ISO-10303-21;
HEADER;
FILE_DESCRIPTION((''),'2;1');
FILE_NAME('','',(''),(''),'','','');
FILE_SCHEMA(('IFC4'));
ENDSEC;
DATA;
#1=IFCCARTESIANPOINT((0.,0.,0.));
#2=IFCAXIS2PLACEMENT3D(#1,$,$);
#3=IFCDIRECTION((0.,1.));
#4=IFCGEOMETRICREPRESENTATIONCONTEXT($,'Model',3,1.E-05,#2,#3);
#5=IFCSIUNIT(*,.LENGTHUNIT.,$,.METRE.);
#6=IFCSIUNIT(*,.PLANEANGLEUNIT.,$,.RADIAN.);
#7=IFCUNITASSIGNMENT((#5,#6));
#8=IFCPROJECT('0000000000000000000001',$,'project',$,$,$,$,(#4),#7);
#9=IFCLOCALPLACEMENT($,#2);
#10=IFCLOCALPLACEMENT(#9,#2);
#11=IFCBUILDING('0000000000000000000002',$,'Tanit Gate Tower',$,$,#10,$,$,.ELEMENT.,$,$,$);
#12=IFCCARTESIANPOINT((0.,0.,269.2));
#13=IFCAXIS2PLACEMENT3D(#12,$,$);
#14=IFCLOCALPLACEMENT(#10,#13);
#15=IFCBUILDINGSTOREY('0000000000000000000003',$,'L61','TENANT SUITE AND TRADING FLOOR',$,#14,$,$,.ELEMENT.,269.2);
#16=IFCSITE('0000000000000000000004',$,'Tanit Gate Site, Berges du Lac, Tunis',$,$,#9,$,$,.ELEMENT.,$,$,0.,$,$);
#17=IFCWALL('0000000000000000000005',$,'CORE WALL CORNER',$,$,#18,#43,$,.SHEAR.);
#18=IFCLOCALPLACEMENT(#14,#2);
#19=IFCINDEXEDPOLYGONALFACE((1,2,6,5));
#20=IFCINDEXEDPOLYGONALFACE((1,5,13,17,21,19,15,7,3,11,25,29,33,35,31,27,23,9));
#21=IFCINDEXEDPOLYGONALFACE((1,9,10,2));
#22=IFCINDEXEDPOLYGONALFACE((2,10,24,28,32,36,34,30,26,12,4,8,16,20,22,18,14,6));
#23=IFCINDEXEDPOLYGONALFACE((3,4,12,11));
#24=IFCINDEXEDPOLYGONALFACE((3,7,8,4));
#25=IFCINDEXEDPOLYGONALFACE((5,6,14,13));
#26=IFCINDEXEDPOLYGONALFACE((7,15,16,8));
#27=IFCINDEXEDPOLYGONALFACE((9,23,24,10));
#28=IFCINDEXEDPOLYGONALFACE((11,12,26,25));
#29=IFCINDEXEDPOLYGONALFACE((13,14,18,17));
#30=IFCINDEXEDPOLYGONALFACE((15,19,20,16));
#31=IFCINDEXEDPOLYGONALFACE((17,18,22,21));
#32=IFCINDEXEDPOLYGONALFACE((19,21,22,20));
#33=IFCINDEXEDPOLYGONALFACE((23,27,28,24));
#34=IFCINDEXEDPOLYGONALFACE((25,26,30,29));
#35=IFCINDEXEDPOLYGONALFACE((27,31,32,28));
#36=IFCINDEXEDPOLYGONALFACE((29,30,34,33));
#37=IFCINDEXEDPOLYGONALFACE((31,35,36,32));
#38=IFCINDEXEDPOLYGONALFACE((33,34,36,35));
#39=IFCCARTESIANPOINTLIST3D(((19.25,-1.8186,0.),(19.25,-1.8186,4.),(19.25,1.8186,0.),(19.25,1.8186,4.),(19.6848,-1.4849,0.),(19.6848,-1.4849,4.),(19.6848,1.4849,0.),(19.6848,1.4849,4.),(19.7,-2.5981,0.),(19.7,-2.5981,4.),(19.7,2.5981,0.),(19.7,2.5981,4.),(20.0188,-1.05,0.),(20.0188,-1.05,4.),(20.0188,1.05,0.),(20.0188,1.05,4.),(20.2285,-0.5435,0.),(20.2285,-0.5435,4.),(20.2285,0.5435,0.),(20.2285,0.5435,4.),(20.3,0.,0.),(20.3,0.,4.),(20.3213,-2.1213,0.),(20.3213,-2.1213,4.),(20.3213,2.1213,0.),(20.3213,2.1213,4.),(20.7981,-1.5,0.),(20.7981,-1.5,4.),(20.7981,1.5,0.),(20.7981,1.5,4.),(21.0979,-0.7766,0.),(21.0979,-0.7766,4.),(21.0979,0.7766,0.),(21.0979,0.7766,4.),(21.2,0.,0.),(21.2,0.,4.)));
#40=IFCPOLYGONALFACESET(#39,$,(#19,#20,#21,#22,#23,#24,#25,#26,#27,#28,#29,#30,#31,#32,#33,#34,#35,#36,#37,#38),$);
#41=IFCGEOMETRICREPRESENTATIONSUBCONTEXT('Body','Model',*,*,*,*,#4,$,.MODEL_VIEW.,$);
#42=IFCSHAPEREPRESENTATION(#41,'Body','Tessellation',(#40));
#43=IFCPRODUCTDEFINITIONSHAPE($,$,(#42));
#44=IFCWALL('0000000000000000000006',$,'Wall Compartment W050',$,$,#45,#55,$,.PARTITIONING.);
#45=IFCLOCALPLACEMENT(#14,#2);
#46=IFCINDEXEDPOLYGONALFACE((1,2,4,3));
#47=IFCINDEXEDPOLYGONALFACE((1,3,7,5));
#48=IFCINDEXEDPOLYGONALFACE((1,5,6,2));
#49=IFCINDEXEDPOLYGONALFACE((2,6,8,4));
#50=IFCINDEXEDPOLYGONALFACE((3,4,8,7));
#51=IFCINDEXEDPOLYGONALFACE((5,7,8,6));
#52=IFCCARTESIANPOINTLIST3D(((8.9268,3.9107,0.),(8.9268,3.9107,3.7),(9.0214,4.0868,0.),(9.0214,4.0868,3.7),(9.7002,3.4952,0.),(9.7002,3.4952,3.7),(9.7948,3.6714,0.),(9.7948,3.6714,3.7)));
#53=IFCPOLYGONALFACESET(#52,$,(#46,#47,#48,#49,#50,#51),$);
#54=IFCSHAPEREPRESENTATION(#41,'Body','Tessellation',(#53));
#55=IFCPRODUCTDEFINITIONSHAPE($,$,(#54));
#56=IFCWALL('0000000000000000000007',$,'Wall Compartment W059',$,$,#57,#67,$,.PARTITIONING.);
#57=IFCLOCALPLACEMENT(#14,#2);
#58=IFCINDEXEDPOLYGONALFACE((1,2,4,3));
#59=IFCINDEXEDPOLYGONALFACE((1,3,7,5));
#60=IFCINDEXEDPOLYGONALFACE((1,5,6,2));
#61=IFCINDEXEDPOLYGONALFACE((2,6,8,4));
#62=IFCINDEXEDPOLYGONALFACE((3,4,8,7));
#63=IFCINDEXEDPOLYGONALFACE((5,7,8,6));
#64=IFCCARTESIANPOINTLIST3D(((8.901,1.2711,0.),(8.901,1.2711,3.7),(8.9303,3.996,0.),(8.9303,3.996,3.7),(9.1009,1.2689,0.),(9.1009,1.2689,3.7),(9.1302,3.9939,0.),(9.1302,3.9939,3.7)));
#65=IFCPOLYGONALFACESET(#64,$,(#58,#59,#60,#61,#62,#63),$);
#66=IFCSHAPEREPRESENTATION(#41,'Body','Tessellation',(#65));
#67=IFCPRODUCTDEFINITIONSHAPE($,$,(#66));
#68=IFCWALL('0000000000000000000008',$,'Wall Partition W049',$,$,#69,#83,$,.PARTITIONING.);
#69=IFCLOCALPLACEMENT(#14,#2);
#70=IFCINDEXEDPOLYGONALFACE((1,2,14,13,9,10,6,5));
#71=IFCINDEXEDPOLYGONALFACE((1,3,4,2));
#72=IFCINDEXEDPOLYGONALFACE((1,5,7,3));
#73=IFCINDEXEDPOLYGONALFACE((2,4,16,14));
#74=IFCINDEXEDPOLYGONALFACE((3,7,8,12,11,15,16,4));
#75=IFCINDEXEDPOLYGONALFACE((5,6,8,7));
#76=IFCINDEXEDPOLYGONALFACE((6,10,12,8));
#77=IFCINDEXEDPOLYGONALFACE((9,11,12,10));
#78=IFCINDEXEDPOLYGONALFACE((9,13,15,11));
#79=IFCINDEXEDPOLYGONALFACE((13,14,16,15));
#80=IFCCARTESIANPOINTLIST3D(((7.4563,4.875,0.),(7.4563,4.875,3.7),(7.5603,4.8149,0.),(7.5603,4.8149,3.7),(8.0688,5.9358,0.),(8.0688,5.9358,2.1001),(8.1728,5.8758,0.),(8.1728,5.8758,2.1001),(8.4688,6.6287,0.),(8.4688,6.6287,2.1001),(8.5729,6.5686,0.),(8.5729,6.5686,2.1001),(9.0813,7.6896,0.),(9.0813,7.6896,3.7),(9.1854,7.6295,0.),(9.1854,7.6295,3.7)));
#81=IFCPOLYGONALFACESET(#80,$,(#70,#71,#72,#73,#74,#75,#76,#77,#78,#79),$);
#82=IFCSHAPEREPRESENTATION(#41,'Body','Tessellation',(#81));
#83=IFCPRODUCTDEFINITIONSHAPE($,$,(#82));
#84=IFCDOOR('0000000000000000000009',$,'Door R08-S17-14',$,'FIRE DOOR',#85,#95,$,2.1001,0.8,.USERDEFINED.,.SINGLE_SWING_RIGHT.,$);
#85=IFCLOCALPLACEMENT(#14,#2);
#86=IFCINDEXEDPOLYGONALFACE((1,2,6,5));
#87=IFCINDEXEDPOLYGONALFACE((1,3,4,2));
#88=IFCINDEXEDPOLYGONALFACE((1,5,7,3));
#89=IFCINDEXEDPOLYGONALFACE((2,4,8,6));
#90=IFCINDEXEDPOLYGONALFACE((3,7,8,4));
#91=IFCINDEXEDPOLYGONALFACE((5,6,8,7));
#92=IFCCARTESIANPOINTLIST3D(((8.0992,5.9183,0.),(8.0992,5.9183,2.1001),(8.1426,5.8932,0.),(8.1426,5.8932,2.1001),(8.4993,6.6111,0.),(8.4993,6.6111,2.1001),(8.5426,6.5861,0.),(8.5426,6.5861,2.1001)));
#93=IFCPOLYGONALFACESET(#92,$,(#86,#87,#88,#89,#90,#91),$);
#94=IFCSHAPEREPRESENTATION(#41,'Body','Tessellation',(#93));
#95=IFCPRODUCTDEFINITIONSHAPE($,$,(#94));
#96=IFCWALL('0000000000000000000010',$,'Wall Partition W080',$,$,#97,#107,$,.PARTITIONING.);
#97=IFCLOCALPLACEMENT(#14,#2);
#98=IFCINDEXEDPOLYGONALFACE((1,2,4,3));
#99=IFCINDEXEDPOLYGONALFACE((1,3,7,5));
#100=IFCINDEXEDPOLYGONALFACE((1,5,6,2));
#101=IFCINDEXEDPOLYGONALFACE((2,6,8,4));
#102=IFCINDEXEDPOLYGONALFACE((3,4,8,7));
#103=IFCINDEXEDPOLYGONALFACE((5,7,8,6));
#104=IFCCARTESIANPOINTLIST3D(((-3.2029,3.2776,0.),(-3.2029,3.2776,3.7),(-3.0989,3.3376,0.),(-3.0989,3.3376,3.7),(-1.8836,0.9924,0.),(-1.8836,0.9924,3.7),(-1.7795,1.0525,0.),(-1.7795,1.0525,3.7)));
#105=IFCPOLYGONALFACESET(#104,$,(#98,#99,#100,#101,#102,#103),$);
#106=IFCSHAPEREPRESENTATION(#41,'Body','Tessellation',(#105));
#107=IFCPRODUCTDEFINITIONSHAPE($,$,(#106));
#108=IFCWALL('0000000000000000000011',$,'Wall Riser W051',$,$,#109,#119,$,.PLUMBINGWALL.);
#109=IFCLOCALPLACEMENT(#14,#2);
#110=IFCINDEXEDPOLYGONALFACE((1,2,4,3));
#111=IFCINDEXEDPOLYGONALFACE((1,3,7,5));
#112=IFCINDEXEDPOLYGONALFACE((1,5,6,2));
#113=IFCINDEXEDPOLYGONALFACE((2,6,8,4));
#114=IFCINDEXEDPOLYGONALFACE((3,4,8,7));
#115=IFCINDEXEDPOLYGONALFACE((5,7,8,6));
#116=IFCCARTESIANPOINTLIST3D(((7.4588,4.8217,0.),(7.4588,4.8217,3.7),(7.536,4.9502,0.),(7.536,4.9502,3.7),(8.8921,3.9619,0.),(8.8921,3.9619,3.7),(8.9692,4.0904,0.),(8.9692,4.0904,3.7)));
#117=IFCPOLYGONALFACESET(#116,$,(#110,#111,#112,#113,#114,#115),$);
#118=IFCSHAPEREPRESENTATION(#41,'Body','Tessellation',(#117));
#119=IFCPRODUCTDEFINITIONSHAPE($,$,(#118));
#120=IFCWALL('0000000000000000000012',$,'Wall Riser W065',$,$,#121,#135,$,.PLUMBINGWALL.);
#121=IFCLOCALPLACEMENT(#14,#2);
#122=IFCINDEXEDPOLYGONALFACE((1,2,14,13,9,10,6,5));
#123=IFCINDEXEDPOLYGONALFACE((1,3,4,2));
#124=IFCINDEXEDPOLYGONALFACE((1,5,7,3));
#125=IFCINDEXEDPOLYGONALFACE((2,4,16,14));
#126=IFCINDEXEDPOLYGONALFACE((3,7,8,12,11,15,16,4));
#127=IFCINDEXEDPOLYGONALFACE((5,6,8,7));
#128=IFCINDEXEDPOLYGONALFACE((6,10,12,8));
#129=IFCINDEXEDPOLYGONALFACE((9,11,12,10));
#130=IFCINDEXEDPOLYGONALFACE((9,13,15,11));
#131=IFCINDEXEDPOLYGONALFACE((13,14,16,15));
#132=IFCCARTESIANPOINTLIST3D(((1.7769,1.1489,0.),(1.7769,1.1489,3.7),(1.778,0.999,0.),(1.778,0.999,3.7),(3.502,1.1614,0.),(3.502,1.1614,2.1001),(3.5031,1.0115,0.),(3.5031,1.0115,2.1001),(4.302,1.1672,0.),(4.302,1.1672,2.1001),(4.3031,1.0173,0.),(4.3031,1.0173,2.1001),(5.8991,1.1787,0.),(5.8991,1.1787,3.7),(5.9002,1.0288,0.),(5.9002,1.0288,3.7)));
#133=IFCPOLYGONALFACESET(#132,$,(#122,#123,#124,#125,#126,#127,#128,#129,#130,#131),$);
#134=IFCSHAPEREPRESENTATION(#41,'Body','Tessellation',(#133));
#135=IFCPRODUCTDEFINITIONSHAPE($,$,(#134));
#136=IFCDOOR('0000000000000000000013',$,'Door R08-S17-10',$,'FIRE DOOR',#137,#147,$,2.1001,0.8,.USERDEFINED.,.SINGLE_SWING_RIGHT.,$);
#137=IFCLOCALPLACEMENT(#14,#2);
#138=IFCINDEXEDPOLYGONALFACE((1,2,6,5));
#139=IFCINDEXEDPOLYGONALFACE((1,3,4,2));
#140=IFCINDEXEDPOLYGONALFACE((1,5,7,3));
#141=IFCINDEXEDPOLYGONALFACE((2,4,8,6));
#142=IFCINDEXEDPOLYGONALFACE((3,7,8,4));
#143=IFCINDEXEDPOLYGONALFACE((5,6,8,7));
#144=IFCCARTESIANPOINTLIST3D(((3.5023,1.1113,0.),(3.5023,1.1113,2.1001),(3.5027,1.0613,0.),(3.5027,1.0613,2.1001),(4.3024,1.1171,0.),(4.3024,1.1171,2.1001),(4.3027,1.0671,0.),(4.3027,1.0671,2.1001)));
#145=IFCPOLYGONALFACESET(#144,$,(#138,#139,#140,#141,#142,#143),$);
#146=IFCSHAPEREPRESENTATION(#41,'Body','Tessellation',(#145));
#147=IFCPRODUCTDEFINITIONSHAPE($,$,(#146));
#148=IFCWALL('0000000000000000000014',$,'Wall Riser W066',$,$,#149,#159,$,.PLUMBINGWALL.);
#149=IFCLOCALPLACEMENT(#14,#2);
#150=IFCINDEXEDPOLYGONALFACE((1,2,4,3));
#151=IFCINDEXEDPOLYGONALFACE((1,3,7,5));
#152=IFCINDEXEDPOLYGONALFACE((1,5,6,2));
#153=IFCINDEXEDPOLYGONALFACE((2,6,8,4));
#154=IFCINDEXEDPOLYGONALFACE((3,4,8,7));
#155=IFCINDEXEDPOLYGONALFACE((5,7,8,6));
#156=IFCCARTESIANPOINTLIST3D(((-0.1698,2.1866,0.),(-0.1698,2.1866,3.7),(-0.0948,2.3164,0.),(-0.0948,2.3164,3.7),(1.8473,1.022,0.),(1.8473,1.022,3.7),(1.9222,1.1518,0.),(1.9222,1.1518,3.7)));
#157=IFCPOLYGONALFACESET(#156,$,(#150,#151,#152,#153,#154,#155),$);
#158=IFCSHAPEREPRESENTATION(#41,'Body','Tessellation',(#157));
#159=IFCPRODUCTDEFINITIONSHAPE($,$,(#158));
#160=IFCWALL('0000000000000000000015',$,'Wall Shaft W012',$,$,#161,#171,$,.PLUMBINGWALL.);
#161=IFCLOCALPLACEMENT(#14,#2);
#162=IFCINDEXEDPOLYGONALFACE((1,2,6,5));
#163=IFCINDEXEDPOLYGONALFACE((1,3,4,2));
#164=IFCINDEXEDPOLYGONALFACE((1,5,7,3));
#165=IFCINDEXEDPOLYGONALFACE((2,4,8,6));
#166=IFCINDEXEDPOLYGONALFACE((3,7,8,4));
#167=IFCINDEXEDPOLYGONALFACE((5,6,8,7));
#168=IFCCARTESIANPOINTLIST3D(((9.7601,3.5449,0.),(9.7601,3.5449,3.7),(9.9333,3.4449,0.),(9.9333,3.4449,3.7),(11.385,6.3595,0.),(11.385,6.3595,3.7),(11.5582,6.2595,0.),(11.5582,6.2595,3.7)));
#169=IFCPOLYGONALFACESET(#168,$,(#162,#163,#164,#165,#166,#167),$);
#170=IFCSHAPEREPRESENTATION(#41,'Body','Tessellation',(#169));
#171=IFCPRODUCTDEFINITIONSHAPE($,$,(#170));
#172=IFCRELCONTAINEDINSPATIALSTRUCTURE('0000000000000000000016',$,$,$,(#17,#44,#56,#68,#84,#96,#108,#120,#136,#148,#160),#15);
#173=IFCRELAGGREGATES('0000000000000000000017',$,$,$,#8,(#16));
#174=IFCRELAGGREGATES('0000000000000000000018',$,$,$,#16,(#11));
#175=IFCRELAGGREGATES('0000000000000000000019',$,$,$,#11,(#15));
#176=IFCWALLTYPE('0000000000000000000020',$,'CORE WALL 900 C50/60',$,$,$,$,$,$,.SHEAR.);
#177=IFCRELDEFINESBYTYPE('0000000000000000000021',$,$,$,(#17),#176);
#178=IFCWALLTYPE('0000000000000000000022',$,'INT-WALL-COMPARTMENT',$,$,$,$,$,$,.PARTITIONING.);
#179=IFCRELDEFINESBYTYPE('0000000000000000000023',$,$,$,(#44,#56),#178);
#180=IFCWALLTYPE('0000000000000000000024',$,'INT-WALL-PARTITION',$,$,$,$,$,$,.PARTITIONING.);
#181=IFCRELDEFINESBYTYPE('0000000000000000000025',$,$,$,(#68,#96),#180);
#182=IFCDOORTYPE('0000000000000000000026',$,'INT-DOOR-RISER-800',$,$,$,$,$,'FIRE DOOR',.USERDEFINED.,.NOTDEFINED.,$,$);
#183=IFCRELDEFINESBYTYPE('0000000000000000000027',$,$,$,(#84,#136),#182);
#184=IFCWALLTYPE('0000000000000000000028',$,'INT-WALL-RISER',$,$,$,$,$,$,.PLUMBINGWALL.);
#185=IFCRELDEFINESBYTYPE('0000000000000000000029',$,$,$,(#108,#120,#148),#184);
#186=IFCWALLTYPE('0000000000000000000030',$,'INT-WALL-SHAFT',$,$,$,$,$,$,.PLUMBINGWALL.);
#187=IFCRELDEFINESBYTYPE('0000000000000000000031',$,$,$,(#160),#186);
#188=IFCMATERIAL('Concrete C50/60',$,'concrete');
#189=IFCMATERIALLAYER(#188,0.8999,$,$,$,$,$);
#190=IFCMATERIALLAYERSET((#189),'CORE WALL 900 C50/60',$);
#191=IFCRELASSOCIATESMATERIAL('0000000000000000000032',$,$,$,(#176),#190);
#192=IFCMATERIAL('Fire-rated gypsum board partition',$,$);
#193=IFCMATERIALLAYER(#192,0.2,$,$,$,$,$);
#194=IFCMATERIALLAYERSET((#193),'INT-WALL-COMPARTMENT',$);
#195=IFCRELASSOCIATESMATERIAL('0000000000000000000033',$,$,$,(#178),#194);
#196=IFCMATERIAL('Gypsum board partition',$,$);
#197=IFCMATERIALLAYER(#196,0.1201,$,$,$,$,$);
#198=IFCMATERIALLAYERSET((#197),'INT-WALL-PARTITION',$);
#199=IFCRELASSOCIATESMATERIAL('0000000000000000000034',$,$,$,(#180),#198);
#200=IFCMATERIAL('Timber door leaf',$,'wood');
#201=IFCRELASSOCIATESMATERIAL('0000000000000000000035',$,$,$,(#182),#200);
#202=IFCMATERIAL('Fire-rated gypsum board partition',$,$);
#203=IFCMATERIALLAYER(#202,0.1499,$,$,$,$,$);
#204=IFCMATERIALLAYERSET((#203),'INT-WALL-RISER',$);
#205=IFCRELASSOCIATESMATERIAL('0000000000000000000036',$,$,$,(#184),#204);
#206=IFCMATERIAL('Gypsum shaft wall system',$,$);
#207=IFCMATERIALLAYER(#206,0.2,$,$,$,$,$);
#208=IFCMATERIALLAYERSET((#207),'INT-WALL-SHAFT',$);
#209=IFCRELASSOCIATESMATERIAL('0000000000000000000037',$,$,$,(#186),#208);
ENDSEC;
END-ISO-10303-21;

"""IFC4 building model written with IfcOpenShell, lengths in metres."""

from ifc_helpers import new_model, si_unit, direction, frame, frame_2d, origin, place, context, subcontext, project, spatial, polyline, rectangle, outline, extrude, material, layer, layer_set, type_object, element, fill, save


model = new_model("IFC4")

# Units and contexts
model_context = context("Model", 3, precision=1e-05, world=origin(), true_north=direction((0.0, 1.0)))
body_context = subcontext(model_context, "Body", "Model", "MODEL_VIEW")
ifc_project = project(units=[si_unit("LENGTHUNIT", "METRE"), si_unit("PLANEANGLEUNIT", "RADIAN")], contexts=[model_context])

# Site, building, storey
site_placement = place(None, origin())
site = spatial("IfcSite", under=ifc_project, at=site_placement, Name="Tanit Gate Site, Berges du Lac, Tunis", CompositionType="ELEMENT", RefElevation=0.0)
building_placement = place(site_placement, origin())
building = spatial("IfcBuilding", under=site, at=building_placement, Name="Tanit Gate Tower", CompositionType="ELEMENT")
storey_placement = place(building_placement, frame((0.0, 0.0, 269.2)))
storey = spatial("IfcBuildingStorey", under=building, at=storey_placement, Name="L61", Description="TENANT SUITE AND TRADING FLOOR", CompositionType="ELEMENT", Elevation=269.2)

# Walls
ifc_material_1 = material(Name="Concrete C50/60", Category="concrete")
ifc_layer_1 = layer(ifc_material_1, 0.8999)
ifc_layer_set_1 = layer_set([ifc_layer_1], Name="CORE WALL 900 C50/60")
wall_type_1 = type_object("IfcWallType", Name="CORE WALL 900 C50/60", PredefinedType="SHEAR", material=ifc_layer_set_1)
wall_1_placement = place(storey_placement, origin())
element("IfcWall", 1, at=wall_1_placement, inside=storey, type_object=wall_type_1, Name="CORE WALL CORNER", PredefinedType="SHEAR", context=body_context, shape_type="SweptSolid", body=[
    extrude(outline(polyline([(19.7, -2.5981), (20.3213, -2.1213), (20.7981, -1.5), (21.0979, -0.7766), (21.2, 0.0), (21.0979, 0.7766), (20.7981, 1.5), (20.3213, 2.1213), (19.7, 2.5981), (19.25, 1.8186), (19.6848, 1.4849), (20.0188, 1.05), (20.2285, 0.5435), (20.3, 0.0), (20.2285, -0.5435), (20.0188, -1.05), (19.6848, -1.4849), (19.25, -1.8186), (19.7, -2.5981)])), origin(), (0.0, 0.0, 1.0), 4.0),
])
ifc_material_2 = material(Name="Fire-rated gypsum board partition")
ifc_layer_2 = layer(ifc_material_2, 0.2)
ifc_layer_set_2 = layer_set([ifc_layer_2], Name="INT-WALL-COMPARTMENT")
wall_type_2 = type_object("IfcWallType", Name="INT-WALL-COMPARTMENT", PredefinedType="PARTITIONING", material=ifc_layer_set_2)
wall_2_placement = place(storey_placement, frame((8.9741, 3.9988, 0.0), z_axis=(0.0, 0.0, 1.0), x_axis=(0.880917, -0.473271, 0.0)))
element("IfcWall", 2, at=wall_2_placement, inside=storey, type_object=wall_type_2, Name="Wall Compartment W050", PredefinedType="PARTITIONING", context=body_context, shape_type="SweptSolid", body=[
    extrude(rectangle(XDim=0.8779, YDim=0.2, at=frame_2d((0.439, 0.0))), origin(), (0.0, 0.0, 1.0), 3.7),
])
wall_3_placement = place(storey_placement, frame((9.001, 1.27, 0.0), z_axis=(0.0, 0.0, 1.0), x_axis=(0.010751, 0.999942, 0.0)))
element("IfcWall", 3, at=wall_3_placement, inside=storey, type_object=wall_type_2, Name="Wall Compartment W059", PredefinedType="PARTITIONING", context=body_context, shape_type="SweptSolid", body=[
    extrude(rectangle(XDim=2.7251, YDim=0.2, at=frame_2d((1.3625, 0.0))), origin(), (0.0, 0.0, 1.0), 3.7),
])

# Wall, opening, door
ifc_material_3 = material(Name="Gypsum board partition")
ifc_layer_3 = layer(ifc_material_3, 0.1201)
ifc_layer_set_3 = layer_set([ifc_layer_3], Name="INT-WALL-PARTITION")
wall_type_3 = type_object("IfcWallType", Name="INT-WALL-PARTITION", PredefinedType="PARTITIONING", material=ifc_layer_set_3)
wall_4_placement = place(storey_placement, frame((7.5083, 4.845, 0.0), z_axis=(0.0, 0.0, 1.0), x_axis=(0.500017, 0.866015, 0.0)))
wall_4 = element("IfcWall", 4, at=wall_4_placement, inside=storey, type_object=wall_type_3, Name="Wall Partition W049", PredefinedType="PARTITIONING", context=body_context, shape_type="SweptSolid", body=[
    extrude(rectangle(XDim=3.25, YDim=0.1201, at=frame_2d((1.625, 0.0))), origin(), (0.0, 0.0, 1.0), 3.7),
])
opening_1_placement = place(wall_4_placement, frame((1.2251, 0.0, 0.0)))
opening_1 = element("IfcOpeningElement", 5, at=opening_1_placement, cuts=wall_4, PredefinedType="OPENING", context=body_context, shape_type="SweptSolid", body=[
    extrude(rectangle(XDim=0.8, YDim=2.1001, at=frame_2d((0.3999, 1.05))), frame((0.0, 0.0701, 0.0), z_axis=(0.0, -1.0, 0.0), x_axis=(1.0, 0.0, 0.0)), (0.0, 0.0, 1.0), 0.1401),
])
ifc_material_4 = material(Name="Timber door leaf", Category="wood")
door_type_1 = type_object("IfcDoorType", Name="INT-DOOR-RISER-800", ElementType="FIRE DOOR", OperationType="NOTDEFINED", PredefinedType="USERDEFINED", material=ifc_material_4)
door_1_placement = place(opening_1_placement, origin())
door_1 = element("IfcDoor", 6, at=door_1_placement, inside=storey, type_object=door_type_1, Name="Door R08-S17-14", ObjectType="FIRE DOOR", OperationType="SINGLE_SWING_RIGHT", OverallHeight=2.1001, OverallWidth=0.8, PredefinedType="USERDEFINED", context=body_context, shape_type="SweptSolid", body=[
    extrude(rectangle(XDim=0.8, YDim=2.1001, at=frame_2d((0.3999, 1.05))), frame((0.0, 0.0249, 0.0), z_axis=(0.0, -1.0, 0.0), x_axis=(1.0, 0.0, 0.0)), (0.0, 0.0, 1.0), 0.05),
])
fill(opening_1, door_1)

# Walls
wall_5_placement = place(storey_placement, frame((-1.8315, 1.0225, 0.0), z_axis=(0.0, 0.0, 1.0), x_axis=(-0.5, 0.866025, 0.0)))
element("IfcWall", 7, at=wall_5_placement, inside=storey, type_object=wall_type_3, Name="Wall Partition W080", PredefinedType="PARTITIONING", context=body_context, shape_type="SweptSolid", body=[
    extrude(rectangle(XDim=2.6387, YDim=0.1201, at=frame_2d((1.3193, 0.0))), origin(), (0.0, 0.0, 1.0), 3.7),
])
ifc_material_5 = material(Name="Fire-rated gypsum board partition")
ifc_layer_4 = layer(ifc_material_5, 0.1499)
ifc_layer_set_4 = layer_set([ifc_layer_4], Name="INT-WALL-RISER")
wall_type_4 = type_object("IfcWallType", Name="INT-WALL-RISER", PredefinedType="PLUMBINGWALL", material=ifc_layer_set_4)
wall_6_placement = place(storey_placement, frame((8.9307, 4.0261, 0.0), z_axis=(0.0, 0.0, 1.0), x_axis=(-0.857532, 0.514431, 0.0)))
element("IfcWall", 8, at=wall_6_placement, inside=storey, type_object=wall_type_4, Name="Wall Riser W051", PredefinedType="PLUMBINGWALL", context=body_context, shape_type="SweptSolid", body=[
    extrude(rectangle(XDim=1.6714, YDim=0.1499, at=frame_2d((0.8357, 0.0))), origin(), (0.0, 0.0, 1.0), 3.7),
])

# Wall, opening, door
wall_7_placement = place(storey_placement, frame((1.7776, 1.074, 0.0), z_axis=(0.0, 0.0, 1.0), x_axis=(0.999974, 0.007225, 0.0)))
wall_7 = element("IfcWall", 9, at=wall_7_placement, inside=storey, type_object=wall_type_4, Name="Wall Riser W065", PredefinedType="PLUMBINGWALL", context=body_context, shape_type="SweptSolid", body=[
    extrude(rectangle(XDim=4.1223, YDim=0.1499, at=frame_2d((2.061, 0.0))), origin(), (0.0, 0.0, 1.0), 3.7),
])
opening_2_placement = place(wall_7_placement, frame((1.7251, 0.0, 0.0)))
opening_2 = element("IfcOpeningElement", 10, at=opening_2_placement, cuts=wall_7, PredefinedType="OPENING", context=body_context, shape_type="SweptSolid", body=[
    extrude(rectangle(XDim=0.8, YDim=2.1001, at=frame_2d((0.3999, 1.05))), frame((0.0, 0.085, 0.0), z_axis=(0.0, -1.0, 0.0), x_axis=(1.0, 0.0, 0.0)), (0.0, 0.0, 1.0), 0.1699),
])
door_2_placement = place(opening_2_placement, origin())
door_2 = element("IfcDoor", 11, at=door_2_placement, inside=storey, type_object=door_type_1, Name="Door R08-S17-10", ObjectType="FIRE DOOR", OperationType="SINGLE_SWING_RIGHT", OverallHeight=2.1001, OverallWidth=0.8, PredefinedType="USERDEFINED", context=body_context, shape_type="SweptSolid", body=[
    extrude(rectangle(XDim=0.8, YDim=2.1001, at=frame_2d((0.3999, 1.05))), frame((0.0, 0.0249, 0.0), z_axis=(0.0, -1.0, 0.0), x_axis=(1.0, 0.0, 0.0)), (0.0, 0.0, 1.0), 0.05),
])
fill(opening_2, door_2)

# Walls
wall_8_placement = place(storey_placement, frame((-0.1323, 2.2515, 0.0), z_axis=(0.0, 0.0, 1.0), x_axis=(0.866028, -0.499995, 0.0)))
element("IfcWall", 12, at=wall_8_placement, inside=storey, type_object=wall_type_4, Name="Wall Riser W066", PredefinedType="PLUMBINGWALL", context=body_context, shape_type="SweptSolid", body=[
    extrude(rectangle(XDim=2.3291, YDim=0.1499, at=frame_2d((1.1646, 0.0))), origin(), (0.0, 0.0, 1.0), 3.7),
])
ifc_material_6 = material(Name="Gypsum shaft wall system")
ifc_layer_5 = layer(ifc_material_6, 0.2)
ifc_layer_set_5 = layer_set([ifc_layer_5], Name="INT-WALL-SHAFT")
wall_type_5 = type_object("IfcWallType", Name="INT-WALL-SHAFT", PredefinedType="PLUMBINGWALL", material=ifc_layer_set_5)
wall_9_placement = place(storey_placement, frame((9.8467, 3.4949, 0.0), z_axis=(0.0, 0.0, 1.0), x_axis=(0.499985, 0.866034, 0.0)))
element("IfcWall", 13, at=wall_9_placement, inside=storey, type_object=wall_type_5, Name="Wall Shaft W012", PredefinedType="PLUMBINGWALL", context=body_context, shape_type="SweptSolid", body=[
    extrude(rectangle(XDim=3.25, YDim=0.2, at=frame_2d((1.625, 0.0))), origin(), (0.0, 0.0, 1.0), 3.7),
])

save(model, "model.ifc")
